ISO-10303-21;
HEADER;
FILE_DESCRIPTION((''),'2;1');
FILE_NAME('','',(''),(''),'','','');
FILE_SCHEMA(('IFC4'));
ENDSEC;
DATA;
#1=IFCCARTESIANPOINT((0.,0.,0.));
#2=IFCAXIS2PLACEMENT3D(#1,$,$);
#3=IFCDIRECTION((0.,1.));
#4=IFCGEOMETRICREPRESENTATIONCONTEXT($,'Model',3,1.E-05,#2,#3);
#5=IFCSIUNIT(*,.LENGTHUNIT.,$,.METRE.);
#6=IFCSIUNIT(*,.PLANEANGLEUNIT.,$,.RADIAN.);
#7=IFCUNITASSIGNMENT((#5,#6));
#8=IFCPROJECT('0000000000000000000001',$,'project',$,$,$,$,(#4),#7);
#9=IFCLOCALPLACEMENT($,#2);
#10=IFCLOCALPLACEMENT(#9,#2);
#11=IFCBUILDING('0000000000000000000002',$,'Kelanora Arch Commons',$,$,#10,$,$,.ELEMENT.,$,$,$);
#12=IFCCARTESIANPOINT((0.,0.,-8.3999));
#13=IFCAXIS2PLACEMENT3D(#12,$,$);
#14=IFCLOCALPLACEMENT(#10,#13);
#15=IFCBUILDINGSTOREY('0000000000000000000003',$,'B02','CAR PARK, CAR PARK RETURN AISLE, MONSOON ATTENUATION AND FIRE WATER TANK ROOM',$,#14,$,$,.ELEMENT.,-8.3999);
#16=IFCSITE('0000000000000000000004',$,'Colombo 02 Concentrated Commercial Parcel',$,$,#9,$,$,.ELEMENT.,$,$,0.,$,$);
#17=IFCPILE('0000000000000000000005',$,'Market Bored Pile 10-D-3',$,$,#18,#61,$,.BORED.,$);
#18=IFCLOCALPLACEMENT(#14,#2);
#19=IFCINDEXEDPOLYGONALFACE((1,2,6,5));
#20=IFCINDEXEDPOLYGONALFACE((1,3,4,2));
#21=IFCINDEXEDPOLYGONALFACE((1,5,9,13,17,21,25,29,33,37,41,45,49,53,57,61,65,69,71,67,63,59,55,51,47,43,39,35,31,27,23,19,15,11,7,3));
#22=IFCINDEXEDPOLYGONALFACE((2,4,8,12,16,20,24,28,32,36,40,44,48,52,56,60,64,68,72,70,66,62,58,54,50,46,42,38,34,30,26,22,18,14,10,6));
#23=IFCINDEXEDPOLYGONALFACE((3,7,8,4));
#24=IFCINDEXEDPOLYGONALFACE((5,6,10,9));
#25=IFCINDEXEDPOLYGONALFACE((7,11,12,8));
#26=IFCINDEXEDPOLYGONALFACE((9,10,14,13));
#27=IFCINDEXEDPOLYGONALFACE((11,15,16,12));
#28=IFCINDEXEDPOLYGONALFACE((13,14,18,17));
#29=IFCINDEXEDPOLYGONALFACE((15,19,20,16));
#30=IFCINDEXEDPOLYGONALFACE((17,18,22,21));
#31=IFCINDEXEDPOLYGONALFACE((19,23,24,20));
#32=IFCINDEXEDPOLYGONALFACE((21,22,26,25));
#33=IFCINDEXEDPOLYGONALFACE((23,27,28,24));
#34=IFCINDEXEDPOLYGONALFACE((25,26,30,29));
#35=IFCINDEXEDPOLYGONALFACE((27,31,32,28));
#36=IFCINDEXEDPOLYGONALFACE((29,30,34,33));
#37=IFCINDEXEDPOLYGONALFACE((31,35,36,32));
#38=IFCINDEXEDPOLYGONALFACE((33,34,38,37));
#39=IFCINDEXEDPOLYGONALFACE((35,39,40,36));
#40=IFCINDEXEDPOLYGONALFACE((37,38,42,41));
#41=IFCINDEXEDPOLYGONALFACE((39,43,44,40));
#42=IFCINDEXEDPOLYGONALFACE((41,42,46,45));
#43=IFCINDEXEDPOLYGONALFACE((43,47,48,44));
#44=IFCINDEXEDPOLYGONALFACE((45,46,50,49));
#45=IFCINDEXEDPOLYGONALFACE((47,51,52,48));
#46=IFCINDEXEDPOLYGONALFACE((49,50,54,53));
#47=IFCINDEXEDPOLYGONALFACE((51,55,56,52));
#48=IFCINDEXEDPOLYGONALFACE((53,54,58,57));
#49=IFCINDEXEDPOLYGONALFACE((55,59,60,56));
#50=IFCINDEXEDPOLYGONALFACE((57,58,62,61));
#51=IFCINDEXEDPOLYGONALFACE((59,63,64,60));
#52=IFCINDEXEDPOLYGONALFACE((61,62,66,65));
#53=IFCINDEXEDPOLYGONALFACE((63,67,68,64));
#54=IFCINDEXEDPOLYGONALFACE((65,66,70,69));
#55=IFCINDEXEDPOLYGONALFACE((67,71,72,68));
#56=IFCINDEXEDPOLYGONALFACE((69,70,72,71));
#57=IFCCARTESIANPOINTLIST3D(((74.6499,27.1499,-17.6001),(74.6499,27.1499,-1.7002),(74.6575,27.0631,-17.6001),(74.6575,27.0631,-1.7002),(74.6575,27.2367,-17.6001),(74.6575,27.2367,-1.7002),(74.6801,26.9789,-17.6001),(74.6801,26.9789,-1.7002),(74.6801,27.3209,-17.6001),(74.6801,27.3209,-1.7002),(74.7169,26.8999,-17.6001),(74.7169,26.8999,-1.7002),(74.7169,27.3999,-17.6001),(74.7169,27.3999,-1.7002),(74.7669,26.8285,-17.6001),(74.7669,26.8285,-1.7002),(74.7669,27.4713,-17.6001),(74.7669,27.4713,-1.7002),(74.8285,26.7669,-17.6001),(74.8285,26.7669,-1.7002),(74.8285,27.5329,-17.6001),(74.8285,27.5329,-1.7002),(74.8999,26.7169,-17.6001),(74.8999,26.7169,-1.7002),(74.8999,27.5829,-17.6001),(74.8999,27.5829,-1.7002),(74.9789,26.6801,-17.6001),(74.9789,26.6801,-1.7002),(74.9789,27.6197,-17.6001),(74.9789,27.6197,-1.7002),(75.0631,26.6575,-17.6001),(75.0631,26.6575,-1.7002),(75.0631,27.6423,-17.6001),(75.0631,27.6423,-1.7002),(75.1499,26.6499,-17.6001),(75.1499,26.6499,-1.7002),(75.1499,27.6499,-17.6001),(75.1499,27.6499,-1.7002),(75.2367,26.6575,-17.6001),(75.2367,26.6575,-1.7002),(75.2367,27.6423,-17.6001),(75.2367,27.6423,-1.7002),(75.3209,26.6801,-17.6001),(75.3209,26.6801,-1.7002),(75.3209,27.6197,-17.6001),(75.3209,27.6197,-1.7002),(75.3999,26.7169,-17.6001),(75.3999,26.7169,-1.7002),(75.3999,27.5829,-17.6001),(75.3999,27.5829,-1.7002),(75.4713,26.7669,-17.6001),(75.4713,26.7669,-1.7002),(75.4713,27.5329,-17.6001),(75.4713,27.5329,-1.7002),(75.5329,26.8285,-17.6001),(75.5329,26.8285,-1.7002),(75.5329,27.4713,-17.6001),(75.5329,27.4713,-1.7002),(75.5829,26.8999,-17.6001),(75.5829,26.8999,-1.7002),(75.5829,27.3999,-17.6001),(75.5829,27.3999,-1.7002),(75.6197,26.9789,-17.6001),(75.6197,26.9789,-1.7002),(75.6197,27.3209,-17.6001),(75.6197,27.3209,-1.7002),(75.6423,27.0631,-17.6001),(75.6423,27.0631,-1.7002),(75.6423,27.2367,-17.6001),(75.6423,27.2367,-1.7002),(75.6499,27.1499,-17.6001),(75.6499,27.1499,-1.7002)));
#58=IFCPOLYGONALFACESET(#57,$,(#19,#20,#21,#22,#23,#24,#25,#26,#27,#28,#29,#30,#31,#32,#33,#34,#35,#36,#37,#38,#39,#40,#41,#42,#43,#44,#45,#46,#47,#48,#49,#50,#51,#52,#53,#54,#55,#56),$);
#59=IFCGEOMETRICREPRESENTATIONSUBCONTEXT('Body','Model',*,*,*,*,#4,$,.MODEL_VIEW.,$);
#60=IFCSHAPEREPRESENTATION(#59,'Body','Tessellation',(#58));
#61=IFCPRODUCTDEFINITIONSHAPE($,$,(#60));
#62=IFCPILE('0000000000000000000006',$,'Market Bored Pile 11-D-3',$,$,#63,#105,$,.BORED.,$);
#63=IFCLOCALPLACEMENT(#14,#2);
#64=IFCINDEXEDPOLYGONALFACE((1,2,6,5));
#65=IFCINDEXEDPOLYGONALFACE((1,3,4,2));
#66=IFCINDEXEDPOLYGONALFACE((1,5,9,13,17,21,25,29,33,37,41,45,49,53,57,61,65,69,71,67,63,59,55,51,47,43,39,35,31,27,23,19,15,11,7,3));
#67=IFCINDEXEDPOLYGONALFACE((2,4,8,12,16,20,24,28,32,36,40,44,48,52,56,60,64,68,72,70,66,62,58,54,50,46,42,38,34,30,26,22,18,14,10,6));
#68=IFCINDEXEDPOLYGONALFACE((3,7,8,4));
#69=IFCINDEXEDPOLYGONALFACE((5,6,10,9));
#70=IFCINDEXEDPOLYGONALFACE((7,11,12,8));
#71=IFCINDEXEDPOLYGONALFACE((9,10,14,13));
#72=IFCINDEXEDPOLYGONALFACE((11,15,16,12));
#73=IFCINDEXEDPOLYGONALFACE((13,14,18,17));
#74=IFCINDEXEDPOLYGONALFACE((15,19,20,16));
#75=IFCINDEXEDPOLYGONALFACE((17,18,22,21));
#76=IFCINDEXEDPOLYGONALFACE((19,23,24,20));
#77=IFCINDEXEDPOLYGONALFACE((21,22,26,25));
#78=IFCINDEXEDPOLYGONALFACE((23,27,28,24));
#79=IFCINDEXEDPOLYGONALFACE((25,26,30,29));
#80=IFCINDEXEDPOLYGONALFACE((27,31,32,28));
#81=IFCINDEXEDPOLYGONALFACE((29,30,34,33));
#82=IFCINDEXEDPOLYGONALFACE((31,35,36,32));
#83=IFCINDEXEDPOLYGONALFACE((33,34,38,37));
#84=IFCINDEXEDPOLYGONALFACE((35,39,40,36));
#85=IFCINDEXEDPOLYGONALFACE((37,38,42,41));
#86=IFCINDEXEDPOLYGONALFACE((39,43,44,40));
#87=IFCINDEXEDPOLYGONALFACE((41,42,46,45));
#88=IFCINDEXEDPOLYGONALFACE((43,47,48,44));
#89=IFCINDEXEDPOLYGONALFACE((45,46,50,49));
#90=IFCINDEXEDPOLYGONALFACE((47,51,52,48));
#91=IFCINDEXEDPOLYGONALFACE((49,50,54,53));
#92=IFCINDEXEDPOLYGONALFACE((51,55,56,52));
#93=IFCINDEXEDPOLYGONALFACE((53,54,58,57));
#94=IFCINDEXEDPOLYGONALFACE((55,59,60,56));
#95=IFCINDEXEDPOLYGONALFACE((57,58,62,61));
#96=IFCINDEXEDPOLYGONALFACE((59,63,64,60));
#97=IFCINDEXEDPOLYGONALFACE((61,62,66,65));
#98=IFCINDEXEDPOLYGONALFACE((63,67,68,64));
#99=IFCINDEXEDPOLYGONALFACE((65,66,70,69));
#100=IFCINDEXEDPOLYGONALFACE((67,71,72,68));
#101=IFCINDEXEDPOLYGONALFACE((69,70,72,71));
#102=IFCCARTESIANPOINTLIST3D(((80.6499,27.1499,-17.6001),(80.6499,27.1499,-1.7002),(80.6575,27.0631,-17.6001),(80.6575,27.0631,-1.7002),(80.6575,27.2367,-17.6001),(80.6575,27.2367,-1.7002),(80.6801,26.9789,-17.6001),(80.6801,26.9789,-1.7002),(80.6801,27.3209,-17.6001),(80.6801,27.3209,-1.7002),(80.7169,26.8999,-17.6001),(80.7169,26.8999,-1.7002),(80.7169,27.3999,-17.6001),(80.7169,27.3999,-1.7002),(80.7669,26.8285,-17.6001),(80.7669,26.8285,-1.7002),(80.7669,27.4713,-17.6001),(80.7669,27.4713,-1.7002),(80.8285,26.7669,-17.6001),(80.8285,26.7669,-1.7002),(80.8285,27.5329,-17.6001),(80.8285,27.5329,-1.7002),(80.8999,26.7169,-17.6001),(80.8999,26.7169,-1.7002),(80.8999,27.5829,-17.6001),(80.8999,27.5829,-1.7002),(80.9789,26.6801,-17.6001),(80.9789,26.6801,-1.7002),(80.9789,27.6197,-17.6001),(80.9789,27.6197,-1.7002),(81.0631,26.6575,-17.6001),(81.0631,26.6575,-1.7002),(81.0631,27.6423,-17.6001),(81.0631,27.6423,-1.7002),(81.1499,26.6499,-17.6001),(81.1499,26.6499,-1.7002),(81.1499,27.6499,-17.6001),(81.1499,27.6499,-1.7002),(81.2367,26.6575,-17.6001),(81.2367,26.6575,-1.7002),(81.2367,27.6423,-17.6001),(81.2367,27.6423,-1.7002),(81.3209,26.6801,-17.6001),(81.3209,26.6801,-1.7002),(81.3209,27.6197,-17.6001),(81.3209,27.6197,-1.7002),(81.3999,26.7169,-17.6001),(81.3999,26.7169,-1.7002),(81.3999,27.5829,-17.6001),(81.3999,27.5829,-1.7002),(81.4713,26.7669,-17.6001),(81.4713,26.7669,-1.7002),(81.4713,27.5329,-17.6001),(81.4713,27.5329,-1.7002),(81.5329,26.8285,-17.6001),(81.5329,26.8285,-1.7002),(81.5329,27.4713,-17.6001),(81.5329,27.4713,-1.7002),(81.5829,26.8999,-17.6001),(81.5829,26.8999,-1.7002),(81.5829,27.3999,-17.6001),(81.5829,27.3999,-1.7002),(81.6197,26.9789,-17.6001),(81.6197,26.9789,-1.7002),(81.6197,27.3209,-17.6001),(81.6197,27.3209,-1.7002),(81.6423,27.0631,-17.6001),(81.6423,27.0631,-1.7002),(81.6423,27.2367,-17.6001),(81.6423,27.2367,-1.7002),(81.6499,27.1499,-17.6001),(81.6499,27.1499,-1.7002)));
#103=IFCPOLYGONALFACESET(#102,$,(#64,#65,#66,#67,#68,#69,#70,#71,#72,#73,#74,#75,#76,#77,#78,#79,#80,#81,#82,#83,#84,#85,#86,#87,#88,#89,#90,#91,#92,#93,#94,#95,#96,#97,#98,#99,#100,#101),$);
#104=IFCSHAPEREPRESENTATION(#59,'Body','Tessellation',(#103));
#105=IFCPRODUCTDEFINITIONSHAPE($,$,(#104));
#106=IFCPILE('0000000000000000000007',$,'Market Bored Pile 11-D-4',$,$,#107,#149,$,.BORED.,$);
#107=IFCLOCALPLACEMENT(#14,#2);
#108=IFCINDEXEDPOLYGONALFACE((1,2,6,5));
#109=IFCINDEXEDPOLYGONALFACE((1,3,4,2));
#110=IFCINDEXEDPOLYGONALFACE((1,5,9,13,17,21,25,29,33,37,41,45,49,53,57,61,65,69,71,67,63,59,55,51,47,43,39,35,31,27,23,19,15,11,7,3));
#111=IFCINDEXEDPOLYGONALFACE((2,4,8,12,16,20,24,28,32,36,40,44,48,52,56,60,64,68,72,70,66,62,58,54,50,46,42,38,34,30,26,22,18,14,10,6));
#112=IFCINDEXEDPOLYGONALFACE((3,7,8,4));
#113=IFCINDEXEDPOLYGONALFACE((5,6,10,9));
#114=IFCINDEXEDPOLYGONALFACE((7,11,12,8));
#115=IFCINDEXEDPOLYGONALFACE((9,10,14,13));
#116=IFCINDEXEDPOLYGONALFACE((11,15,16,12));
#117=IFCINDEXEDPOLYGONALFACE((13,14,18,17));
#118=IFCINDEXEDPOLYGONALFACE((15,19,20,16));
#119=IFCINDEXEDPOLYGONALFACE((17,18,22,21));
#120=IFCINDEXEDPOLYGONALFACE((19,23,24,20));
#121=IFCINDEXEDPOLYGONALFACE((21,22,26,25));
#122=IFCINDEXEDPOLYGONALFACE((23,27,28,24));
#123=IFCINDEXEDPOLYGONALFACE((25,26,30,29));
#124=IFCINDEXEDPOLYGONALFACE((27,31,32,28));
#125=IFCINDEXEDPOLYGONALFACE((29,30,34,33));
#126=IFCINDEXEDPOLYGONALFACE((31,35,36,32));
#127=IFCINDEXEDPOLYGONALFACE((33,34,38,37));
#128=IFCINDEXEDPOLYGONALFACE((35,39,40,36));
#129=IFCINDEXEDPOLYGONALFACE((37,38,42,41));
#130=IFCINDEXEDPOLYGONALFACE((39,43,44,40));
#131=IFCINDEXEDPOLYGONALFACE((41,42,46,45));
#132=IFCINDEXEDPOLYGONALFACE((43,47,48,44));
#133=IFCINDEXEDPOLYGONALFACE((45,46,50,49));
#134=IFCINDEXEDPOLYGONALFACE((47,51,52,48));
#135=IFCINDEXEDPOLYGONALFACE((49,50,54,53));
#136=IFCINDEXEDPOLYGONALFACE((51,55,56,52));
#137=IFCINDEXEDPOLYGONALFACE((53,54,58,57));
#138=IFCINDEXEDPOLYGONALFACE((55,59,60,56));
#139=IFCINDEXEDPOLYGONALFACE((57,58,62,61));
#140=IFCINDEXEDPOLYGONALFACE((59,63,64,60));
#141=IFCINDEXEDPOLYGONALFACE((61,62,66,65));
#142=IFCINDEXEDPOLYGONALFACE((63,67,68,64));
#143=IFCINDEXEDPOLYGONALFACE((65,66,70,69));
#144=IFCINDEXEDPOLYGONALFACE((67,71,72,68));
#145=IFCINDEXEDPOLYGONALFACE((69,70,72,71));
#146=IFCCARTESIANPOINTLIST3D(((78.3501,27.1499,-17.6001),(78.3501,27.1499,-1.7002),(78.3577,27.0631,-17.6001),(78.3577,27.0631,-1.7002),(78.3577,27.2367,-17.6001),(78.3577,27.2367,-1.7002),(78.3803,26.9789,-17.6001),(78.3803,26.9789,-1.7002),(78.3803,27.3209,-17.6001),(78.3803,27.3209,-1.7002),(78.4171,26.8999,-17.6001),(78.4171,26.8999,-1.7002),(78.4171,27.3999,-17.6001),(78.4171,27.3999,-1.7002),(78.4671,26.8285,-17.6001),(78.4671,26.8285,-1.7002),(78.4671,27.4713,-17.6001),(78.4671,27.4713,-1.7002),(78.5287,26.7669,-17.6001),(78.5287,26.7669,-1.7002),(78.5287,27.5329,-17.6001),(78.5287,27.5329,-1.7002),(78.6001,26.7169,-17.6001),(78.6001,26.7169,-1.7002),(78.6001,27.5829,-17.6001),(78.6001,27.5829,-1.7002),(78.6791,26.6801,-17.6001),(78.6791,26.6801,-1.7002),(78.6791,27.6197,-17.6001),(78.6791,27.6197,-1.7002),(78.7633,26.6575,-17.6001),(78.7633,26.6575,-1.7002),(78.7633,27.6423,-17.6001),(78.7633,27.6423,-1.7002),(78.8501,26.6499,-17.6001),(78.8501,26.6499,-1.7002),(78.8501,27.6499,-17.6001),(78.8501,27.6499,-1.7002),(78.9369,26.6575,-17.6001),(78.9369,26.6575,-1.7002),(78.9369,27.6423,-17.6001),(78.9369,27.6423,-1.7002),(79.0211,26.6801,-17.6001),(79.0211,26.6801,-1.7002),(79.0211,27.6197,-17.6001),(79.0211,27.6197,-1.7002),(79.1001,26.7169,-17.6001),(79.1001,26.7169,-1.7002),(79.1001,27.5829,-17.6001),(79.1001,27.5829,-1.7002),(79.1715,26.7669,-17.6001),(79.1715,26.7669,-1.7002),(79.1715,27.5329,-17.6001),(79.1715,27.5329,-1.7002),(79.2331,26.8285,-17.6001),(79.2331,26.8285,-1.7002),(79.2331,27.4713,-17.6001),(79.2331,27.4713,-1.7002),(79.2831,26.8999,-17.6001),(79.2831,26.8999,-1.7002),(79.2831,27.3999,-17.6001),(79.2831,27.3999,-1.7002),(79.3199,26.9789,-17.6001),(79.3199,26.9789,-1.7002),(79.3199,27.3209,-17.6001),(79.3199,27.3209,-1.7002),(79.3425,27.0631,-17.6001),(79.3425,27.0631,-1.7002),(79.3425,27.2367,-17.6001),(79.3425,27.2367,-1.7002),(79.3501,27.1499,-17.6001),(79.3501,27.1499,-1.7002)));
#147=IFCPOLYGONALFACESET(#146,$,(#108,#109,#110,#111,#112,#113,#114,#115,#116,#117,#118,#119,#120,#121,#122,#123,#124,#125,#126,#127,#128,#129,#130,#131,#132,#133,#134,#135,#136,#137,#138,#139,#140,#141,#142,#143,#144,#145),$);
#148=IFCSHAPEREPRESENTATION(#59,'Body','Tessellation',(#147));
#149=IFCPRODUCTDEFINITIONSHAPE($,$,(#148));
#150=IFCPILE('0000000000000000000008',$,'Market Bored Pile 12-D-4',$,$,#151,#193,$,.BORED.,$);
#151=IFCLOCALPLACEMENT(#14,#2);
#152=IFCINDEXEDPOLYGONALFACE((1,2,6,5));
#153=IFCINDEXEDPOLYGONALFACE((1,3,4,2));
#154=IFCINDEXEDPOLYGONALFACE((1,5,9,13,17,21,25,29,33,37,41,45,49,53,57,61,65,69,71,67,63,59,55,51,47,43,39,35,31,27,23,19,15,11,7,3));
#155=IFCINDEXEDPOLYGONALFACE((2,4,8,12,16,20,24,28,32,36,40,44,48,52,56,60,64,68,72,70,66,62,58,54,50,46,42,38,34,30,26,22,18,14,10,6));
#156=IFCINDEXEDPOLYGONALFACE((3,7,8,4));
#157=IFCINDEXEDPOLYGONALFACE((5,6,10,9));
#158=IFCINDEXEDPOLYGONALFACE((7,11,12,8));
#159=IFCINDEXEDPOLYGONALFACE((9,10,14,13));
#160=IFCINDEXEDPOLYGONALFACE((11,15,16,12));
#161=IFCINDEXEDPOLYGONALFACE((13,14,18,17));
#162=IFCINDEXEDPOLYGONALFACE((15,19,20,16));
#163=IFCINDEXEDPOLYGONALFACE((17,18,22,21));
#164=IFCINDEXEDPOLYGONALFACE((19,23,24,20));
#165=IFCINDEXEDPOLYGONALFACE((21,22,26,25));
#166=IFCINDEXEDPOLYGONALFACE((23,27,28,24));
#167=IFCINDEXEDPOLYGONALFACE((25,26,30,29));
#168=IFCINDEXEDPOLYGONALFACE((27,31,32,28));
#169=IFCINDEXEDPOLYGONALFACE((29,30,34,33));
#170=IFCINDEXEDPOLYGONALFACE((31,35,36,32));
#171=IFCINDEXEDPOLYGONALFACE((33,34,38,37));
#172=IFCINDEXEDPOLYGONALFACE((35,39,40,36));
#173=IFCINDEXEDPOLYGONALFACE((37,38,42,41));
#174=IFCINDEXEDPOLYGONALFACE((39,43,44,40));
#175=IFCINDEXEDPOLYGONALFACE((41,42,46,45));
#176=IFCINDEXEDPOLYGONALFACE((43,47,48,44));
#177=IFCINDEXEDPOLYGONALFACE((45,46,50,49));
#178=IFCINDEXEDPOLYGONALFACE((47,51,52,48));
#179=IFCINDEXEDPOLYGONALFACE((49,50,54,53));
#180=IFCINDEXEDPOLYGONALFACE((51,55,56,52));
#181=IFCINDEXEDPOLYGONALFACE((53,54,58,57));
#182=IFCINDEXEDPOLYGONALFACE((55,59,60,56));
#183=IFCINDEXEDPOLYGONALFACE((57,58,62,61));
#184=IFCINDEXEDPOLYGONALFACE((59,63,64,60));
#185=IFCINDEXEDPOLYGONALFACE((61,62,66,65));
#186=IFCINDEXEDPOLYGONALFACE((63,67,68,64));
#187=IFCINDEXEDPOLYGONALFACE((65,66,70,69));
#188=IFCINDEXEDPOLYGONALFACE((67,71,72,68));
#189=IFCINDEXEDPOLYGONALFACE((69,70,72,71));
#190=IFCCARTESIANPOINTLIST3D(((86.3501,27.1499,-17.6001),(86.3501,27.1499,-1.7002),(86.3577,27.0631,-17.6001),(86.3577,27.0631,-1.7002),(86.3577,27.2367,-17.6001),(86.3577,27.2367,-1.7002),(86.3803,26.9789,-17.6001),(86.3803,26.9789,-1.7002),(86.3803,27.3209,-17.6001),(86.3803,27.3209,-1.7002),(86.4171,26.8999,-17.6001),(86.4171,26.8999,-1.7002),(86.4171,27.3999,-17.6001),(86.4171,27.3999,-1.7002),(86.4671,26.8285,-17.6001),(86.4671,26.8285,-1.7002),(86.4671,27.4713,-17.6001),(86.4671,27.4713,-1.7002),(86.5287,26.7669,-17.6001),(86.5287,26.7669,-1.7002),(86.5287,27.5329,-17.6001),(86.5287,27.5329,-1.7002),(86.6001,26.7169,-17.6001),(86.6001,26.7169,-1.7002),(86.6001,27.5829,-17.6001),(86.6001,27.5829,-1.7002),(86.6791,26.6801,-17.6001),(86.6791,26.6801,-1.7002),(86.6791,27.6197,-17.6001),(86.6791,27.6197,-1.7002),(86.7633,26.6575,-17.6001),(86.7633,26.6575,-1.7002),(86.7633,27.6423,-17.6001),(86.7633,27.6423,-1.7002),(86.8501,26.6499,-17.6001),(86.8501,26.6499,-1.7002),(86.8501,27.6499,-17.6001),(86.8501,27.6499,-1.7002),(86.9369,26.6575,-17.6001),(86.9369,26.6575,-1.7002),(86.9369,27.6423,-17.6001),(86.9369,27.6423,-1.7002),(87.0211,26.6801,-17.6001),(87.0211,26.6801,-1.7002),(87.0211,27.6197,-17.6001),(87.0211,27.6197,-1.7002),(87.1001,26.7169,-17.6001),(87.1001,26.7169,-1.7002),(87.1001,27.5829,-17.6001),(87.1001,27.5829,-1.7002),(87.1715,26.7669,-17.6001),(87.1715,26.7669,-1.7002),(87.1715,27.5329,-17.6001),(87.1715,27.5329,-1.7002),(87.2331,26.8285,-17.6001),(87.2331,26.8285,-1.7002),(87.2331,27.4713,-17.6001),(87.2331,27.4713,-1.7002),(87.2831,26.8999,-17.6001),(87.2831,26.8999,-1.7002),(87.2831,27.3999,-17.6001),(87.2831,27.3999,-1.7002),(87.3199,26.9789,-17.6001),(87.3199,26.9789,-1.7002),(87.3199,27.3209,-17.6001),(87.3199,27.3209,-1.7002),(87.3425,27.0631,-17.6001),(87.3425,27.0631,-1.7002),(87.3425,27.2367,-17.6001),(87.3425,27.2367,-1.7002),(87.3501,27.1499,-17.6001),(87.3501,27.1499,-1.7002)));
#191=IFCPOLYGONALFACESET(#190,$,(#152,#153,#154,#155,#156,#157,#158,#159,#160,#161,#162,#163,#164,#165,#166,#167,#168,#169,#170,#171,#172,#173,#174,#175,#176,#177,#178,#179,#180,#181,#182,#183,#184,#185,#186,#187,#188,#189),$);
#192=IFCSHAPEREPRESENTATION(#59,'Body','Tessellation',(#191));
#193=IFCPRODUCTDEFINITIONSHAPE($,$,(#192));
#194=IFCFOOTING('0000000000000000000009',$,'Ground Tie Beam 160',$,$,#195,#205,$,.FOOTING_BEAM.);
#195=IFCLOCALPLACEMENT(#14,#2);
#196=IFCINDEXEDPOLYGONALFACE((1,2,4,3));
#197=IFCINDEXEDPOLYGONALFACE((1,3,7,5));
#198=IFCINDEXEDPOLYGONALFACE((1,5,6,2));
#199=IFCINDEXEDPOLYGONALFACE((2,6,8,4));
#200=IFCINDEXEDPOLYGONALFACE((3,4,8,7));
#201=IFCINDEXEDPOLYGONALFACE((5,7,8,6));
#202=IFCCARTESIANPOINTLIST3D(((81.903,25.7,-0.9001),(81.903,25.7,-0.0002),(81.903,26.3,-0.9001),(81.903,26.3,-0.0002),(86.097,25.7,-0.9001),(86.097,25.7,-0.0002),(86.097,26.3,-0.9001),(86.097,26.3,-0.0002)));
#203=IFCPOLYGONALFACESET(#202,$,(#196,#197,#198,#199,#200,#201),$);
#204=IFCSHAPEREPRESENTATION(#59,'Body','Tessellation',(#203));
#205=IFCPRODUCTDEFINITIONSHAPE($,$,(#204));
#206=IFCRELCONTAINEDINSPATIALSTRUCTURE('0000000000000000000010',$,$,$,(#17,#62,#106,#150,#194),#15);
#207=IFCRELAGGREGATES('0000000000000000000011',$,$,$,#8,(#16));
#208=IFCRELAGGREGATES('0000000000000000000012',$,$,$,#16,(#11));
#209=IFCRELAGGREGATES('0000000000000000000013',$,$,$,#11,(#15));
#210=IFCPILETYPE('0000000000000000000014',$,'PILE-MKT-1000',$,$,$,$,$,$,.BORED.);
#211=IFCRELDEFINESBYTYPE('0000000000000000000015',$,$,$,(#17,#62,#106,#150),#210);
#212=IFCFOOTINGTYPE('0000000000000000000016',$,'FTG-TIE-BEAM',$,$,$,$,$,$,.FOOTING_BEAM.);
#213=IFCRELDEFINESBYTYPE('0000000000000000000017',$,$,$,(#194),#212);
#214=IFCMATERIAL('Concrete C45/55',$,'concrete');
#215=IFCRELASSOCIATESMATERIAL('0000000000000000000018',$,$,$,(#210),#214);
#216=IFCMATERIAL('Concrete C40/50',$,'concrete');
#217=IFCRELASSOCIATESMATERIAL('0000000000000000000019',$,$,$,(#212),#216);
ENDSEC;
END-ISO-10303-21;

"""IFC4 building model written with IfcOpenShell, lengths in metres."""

from ifc_helpers import new_model, si_unit, direction, frame, origin, origin_2d, place, context, subcontext, project, spatial, rectangle, circle, extrude, source, transform, mapped, material, material_profile, profile_set, type_object, element, save


model = new_model("IFC4")

# Units and contexts
model_context = context("Model", 3, precision=1e-05, world=origin(), true_north=direction((0.0, 1.0)))
body_context = subcontext(model_context, "Body", "Model", "MODEL_VIEW")
ifc_project = project(units=[si_unit("LENGTHUNIT", "METRE"), si_unit("PLANEANGLEUNIT", "RADIAN")], contexts=[model_context])

# Site, building, storey
site_placement = place(None, origin())
site = spatial("IfcSite", under=ifc_project, at=site_placement, Name="Colombo 02 Concentrated Commercial Parcel", CompositionType="ELEMENT", RefElevation=0.0)
building_placement = place(site_placement, origin())
building = spatial("IfcBuilding", under=site, at=building_placement, Name="Kelanora Arch Commons", CompositionType="ELEMENT")
storey_placement = place(building_placement, frame((0.0, 0.0, -8.3999)))
storey = spatial("IfcBuildingStorey", under=building, at=storey_placement, Name="B02", Description="CAR PARK, CAR PARK RETURN AISLE, MONSOON ATTENUATION AND FIRE WATER TANK ROOM", CompositionType="ELEMENT", Elevation=-8.3999)

# Shared definitions
ifc_material_1 = material(Name="Concrete C45/55", Category="concrete")

# Shared definitions
ifc_material_2 = material(Name="Concrete C40/50", Category="concrete")

# Piles
ifc_material_profile_1 = material_profile(ifc_material_1, circle(Radius=0.5, at=origin_2d()), Name="PILE1000")
ifc_profile_set_1 = profile_set([ifc_material_profile_1], Name="Concrete C45/55")
pile_type_1 = type_object("IfcPileType", Name="PILE-MKT-1000", PredefinedType="BORED", material=ifc_profile_set_1)
shared_shape_1 = source(origin(), body_context, "Body", "SweptSolid", [
    extrude(circle(Radius=0.5, at=origin_2d()), origin(), (0.0, 0.0, 1.0), 15.8999),
])
for number, where, z_axis, x_axis, name in (
    (1, (75.1499, 27.1499, -1.7002), (0.0, 0.0, -1.0), (1.0, 0.0, 0.0), "Market Bored Pile 10-D-3"),
    (2, (81.1499, 27.1499, -1.7002), (0.0, 0.0, -1.0), (1.0, 0.0, 0.0), "Market Bored Pile 11-D-3"),
    (3, (78.8501, 27.1499, -1.7002), (0.0, 0.0, -1.0), (1.0, 0.0, 0.0), "Market Bored Pile 11-D-4"),
    (4, (86.8501, 27.1499, -1.7002), (0.0, 0.0, -1.0), (1.0, 0.0, 0.0), "Market Bored Pile 12-D-4"),
):
    element("IfcPile", number, at=place(storey_placement, frame(where, z_axis=z_axis, x_axis=x_axis)), inside=storey, type_object=pile_type_1, Name=name, PredefinedType="BORED", context=body_context, shape_type="MappedRepresentation", body=[
        mapped(shared_shape_1, transform((0.0, 0.0, 0.0), scale=1.0)),
    ])

# Footing
footing_type_1 = type_object("IfcFootingType", Name="FTG-TIE-BEAM", PredefinedType="FOOTING_BEAM", material=ifc_material_2)
shared_shape_2 = source(origin(), body_context, "Body", "SweptSolid", [
    extrude(rectangle(XDim=4.1941, YDim=0.6001, at=origin_2d()), origin(), (0.0, 0.0, 1.0), 0.8999),
])
footing_1_placement = place(storey_placement, frame((84.0, 26.0, -0.9001), z_axis=(0.0, 0.0, 1.0), x_axis=(1.0, 0.0, 0.0)))
element("IfcFooting", 5, at=footing_1_placement, inside=storey, type_object=footing_type_1, Name="Ground Tie Beam 160", PredefinedType="FOOTING_BEAM", context=body_context, shape_type="MappedRepresentation", body=[
    mapped(shared_shape_2, transform((0.0, 0.0, 0.0), scale=1.0)),
])

save(model, "model.ifc")
